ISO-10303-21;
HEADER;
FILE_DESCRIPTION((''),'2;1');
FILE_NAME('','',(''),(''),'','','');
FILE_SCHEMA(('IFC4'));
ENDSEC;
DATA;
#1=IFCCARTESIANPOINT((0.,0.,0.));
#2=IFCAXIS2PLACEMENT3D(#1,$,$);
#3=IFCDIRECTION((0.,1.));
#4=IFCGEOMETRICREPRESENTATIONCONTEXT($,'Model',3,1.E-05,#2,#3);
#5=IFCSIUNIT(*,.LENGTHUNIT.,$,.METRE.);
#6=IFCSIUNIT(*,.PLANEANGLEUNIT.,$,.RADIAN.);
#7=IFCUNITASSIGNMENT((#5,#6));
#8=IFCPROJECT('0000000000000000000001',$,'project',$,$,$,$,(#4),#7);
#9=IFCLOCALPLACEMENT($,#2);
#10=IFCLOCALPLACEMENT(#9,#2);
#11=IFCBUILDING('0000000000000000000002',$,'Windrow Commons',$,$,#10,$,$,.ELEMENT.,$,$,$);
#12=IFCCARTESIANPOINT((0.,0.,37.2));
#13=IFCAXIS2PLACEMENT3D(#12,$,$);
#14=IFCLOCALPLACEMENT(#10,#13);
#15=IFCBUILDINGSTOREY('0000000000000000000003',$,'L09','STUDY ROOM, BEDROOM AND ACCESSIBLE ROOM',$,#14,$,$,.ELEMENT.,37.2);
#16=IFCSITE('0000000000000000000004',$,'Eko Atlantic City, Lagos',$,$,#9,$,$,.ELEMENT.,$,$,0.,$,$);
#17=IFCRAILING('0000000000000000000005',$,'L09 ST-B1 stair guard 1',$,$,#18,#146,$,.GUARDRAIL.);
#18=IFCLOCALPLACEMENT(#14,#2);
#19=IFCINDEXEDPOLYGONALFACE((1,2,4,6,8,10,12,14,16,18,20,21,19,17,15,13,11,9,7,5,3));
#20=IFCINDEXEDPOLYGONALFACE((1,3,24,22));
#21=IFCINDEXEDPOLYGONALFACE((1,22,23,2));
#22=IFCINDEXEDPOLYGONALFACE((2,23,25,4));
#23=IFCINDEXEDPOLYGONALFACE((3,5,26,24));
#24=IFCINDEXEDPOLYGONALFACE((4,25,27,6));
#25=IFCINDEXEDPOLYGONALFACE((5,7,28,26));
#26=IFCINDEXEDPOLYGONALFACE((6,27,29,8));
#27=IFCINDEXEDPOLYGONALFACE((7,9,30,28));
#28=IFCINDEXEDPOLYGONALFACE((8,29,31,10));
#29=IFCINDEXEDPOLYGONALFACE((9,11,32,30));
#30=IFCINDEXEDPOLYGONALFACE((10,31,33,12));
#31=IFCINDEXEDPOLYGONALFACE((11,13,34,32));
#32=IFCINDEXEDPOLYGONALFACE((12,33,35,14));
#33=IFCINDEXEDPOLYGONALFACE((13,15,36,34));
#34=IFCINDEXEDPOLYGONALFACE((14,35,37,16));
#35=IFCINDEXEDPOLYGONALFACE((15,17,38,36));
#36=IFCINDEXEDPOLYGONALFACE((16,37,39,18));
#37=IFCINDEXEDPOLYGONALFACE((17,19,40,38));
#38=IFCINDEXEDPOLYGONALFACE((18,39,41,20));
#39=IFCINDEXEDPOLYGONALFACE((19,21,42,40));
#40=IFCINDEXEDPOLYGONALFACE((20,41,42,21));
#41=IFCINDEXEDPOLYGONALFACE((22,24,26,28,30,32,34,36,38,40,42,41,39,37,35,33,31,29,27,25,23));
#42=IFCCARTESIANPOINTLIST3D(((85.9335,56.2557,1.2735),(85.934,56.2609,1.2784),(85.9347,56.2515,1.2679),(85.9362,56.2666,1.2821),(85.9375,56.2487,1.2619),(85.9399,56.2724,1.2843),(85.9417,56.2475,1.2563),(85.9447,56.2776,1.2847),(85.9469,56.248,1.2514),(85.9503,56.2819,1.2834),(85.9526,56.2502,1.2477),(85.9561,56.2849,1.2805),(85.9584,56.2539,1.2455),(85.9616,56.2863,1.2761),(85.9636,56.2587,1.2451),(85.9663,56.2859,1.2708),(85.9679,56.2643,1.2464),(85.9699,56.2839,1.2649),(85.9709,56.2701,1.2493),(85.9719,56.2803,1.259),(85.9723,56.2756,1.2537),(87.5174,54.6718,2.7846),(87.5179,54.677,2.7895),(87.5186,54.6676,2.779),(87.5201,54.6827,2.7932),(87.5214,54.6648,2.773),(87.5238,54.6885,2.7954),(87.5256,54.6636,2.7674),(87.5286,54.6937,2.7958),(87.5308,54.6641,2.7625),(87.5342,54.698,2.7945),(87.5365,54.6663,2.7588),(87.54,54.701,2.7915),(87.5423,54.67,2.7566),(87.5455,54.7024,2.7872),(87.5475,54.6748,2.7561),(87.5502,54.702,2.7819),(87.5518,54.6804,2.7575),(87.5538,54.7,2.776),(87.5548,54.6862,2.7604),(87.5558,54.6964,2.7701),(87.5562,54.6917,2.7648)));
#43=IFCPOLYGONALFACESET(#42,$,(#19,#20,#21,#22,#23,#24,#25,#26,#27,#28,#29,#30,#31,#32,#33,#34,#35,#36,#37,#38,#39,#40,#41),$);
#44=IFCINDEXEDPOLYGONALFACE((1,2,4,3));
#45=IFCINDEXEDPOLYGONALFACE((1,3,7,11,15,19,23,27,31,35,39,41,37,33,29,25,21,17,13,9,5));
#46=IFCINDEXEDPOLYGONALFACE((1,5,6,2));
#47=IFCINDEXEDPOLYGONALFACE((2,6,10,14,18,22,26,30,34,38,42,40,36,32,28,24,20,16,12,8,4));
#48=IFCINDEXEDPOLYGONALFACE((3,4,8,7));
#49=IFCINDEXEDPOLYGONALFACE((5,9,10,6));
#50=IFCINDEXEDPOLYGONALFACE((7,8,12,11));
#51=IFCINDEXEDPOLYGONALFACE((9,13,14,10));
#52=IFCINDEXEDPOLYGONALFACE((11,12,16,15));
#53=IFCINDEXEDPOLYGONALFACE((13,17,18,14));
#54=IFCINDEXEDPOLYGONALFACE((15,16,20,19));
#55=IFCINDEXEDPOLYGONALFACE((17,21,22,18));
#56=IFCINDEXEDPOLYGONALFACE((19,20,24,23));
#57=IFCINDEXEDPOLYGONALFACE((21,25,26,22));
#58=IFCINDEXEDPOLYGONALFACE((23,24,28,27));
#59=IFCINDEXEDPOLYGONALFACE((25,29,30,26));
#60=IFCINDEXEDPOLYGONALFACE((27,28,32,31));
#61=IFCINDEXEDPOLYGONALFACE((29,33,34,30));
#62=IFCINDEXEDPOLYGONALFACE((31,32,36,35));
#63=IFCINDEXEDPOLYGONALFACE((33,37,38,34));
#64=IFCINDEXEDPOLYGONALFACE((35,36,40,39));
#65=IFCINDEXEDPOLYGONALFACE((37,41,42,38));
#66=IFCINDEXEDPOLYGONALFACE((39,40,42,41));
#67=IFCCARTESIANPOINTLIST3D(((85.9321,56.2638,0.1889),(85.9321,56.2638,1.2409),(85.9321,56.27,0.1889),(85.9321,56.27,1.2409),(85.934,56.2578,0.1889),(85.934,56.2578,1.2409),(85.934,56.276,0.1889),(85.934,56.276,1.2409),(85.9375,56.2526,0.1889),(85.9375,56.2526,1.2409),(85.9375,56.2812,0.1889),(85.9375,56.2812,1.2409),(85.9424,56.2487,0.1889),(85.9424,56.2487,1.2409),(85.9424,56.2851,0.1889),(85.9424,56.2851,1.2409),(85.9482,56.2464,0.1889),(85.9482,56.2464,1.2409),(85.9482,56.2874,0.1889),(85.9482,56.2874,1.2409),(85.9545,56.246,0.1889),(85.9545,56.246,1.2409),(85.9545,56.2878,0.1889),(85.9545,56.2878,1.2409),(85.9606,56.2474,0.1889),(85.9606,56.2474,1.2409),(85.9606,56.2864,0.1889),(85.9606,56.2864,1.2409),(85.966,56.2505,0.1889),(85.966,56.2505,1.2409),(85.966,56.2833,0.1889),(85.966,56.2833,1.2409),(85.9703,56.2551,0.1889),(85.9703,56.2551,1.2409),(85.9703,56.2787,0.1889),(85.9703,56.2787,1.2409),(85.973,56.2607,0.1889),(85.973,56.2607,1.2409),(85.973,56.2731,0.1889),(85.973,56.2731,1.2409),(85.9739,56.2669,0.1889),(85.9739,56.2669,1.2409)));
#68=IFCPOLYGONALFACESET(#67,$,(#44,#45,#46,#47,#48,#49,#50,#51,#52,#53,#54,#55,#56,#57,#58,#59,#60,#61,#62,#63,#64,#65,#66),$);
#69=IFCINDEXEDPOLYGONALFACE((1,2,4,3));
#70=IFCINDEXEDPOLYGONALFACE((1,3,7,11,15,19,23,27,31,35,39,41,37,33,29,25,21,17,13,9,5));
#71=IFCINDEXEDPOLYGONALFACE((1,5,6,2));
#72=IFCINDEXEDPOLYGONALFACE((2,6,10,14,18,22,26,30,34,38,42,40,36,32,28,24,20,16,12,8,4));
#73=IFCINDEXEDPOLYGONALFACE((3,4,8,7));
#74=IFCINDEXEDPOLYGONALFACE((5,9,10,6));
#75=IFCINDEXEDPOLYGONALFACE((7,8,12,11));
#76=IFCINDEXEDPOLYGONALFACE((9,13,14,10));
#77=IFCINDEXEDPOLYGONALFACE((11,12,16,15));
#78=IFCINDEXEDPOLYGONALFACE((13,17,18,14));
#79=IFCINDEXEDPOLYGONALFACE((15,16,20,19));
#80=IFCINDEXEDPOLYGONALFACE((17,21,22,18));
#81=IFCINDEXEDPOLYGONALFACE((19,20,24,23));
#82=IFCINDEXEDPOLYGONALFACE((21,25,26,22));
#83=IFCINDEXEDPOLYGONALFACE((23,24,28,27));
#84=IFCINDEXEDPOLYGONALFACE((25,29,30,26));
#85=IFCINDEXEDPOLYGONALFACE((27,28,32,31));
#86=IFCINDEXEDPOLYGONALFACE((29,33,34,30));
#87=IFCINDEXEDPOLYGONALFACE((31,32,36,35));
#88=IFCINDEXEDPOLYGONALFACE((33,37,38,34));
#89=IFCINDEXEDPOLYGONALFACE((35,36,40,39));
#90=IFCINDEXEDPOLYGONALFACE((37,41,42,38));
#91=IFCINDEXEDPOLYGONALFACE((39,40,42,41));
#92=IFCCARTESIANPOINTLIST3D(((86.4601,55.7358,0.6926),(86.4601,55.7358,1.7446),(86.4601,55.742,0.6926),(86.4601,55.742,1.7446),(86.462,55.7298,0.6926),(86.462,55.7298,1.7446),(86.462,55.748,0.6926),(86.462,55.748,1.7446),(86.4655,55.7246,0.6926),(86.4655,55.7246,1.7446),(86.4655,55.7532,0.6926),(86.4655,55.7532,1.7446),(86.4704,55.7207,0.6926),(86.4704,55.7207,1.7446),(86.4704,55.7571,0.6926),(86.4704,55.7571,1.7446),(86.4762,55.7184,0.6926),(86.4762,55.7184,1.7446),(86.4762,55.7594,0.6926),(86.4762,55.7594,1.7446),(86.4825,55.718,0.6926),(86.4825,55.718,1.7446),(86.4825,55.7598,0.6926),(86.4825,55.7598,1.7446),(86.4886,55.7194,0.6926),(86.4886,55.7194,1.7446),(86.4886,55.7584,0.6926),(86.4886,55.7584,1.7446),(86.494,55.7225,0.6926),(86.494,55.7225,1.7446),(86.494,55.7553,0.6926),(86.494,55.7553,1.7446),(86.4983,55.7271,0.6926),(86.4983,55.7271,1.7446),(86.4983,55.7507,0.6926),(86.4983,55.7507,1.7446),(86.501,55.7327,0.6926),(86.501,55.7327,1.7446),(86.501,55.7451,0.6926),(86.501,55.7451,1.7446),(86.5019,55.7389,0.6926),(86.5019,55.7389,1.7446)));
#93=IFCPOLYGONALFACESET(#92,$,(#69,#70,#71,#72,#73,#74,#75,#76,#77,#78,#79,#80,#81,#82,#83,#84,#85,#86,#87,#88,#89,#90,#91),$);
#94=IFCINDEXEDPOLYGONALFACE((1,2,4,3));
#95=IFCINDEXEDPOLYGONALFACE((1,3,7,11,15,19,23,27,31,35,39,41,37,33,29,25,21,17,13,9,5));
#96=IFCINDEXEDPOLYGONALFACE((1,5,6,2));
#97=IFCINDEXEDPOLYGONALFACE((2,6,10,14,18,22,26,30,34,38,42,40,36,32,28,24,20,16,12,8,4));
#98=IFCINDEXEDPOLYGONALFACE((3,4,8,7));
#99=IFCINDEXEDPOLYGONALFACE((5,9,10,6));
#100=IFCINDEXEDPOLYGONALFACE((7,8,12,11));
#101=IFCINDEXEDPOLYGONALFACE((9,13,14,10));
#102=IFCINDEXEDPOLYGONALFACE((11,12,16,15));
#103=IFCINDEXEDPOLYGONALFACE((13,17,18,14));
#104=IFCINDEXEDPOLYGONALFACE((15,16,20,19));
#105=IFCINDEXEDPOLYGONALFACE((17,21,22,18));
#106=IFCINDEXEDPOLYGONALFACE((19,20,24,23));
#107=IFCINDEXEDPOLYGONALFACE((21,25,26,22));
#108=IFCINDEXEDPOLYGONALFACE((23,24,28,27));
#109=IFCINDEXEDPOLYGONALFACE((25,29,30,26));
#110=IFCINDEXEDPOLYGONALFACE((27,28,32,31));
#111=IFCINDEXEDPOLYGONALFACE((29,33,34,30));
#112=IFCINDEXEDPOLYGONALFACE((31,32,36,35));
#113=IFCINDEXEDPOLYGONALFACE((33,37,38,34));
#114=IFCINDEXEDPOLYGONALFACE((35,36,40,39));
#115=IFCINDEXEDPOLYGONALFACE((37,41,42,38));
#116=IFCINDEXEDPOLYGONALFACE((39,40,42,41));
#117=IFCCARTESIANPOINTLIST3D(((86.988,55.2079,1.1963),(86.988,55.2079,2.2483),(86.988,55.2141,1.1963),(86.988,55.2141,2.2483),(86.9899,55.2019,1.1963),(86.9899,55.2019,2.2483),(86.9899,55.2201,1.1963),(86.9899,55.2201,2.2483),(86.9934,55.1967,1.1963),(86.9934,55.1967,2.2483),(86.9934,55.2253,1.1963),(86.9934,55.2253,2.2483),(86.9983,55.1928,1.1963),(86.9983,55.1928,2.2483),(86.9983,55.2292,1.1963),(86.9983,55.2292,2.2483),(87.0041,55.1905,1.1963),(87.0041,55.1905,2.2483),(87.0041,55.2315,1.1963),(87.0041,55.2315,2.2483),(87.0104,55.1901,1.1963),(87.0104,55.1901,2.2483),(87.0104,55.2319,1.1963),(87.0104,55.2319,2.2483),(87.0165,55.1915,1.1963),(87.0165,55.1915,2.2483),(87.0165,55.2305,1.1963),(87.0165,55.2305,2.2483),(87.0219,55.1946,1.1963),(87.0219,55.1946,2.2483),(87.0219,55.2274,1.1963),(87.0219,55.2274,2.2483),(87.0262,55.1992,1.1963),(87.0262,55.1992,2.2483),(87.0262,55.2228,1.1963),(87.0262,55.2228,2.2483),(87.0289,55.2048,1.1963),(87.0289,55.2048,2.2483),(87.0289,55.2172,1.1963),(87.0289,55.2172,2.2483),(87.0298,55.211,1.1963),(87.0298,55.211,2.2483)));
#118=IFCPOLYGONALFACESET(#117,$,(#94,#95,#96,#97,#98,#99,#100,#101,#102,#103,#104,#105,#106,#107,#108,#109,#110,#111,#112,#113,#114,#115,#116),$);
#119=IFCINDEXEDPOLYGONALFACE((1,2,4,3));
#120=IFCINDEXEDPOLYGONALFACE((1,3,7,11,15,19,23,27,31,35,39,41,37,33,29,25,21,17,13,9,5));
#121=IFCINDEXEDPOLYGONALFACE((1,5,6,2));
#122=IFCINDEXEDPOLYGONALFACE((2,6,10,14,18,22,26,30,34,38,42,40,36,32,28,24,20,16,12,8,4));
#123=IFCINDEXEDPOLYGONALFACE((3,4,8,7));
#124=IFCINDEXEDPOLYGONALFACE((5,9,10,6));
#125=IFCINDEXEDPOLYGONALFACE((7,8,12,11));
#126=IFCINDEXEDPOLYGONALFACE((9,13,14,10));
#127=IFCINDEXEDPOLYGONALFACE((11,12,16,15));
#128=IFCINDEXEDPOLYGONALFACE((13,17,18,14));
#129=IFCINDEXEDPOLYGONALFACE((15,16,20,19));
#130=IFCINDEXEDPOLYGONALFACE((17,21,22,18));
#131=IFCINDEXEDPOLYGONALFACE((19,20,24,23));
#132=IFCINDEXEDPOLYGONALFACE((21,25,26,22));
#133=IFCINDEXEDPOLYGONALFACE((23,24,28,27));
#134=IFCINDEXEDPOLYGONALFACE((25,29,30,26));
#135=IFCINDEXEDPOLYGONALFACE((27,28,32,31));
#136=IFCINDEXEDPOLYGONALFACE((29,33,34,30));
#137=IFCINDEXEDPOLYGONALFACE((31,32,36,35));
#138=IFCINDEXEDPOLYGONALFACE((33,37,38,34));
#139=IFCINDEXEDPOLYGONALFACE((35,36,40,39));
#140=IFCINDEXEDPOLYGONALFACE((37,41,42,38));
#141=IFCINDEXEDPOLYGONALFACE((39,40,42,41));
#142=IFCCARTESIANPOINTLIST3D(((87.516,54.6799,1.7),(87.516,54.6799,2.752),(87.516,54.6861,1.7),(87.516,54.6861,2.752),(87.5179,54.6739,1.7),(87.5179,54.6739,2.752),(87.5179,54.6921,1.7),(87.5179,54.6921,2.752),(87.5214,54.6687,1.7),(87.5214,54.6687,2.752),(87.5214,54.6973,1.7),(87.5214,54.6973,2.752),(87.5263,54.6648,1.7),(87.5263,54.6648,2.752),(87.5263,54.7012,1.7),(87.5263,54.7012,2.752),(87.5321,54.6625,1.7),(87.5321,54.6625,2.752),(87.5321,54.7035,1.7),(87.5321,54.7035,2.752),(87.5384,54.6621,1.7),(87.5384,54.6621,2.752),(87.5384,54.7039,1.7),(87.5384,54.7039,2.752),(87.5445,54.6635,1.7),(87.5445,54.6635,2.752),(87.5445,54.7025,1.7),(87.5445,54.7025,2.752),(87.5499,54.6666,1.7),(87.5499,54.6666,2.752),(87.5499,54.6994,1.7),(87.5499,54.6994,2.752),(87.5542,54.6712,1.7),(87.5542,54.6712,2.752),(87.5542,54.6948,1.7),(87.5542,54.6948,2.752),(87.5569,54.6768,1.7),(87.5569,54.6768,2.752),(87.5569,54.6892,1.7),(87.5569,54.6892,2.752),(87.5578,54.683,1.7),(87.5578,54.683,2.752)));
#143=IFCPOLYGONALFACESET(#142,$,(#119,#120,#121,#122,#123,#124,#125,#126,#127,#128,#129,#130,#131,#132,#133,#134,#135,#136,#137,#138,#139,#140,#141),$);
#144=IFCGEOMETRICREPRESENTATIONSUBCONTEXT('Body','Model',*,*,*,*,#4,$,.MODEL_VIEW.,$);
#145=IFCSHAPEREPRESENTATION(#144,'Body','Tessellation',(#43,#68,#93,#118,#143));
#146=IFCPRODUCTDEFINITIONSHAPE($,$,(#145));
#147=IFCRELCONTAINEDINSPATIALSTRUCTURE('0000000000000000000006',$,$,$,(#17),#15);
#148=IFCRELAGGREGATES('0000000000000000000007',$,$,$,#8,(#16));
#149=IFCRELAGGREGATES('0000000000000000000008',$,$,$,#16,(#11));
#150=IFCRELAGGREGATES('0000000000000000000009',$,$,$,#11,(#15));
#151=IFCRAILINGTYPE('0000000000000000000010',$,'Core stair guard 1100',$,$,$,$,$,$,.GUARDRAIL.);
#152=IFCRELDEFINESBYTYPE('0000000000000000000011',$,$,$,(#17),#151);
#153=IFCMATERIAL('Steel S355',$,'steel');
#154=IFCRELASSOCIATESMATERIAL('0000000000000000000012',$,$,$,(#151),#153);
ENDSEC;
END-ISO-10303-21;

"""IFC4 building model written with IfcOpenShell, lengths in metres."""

from ifc_helpers import new_model, si_unit, direction, frame, origin, origin_2d, place, context, subcontext, project, spatial, circle, extrude, material, type_object, element, save


model = new_model("IFC4")

# Units and contexts
model_context = context("Model", 3, precision=1e-05, world=origin(), true_north=direction((0.0, 1.0)))
body_context = subcontext(model_context, "Body", "Model", "MODEL_VIEW")
ifc_project = project(units=[si_unit("LENGTHUNIT", "METRE"), si_unit("PLANEANGLEUNIT", "RADIAN")], contexts=[model_context])

# Site, building, storey
site_placement = place(None, origin())
site = spatial("IfcSite", under=ifc_project, at=site_placement, Name="Eko Atlantic City, Lagos", CompositionType="ELEMENT", RefElevation=0.0)
building_placement = place(site_placement, origin())
building = spatial("IfcBuilding", under=site, at=building_placement, Name="Windrow Commons", CompositionType="ELEMENT")
storey_placement = place(building_placement, frame((0.0, 0.0, 37.2)))
storey = spatial("IfcBuildingStorey", under=building, at=storey_placement, Name="L09", Description="STUDY ROOM, BEDROOM AND ACCESSIBLE ROOM", CompositionType="ELEMENT", Elevation=37.2)

# Railing
ifc_material_1 = material(Name="Steel S355", Category="steel")
railing_type_1 = type_object("IfcRailingType", Name="Core stair guard 1100", PredefinedType="GUARDRAIL", material=ifc_material_1)
railing_1_placement = place(storey_placement, frame((85.9529, 56.2669, 0.1889)))
element("IfcRailing", 1, at=railing_1_placement, inside=storey, type_object=railing_type_1, Name="L09 ST-B1 stair guard 1", PredefinedType="GUARDRAIL", context=body_context, shape_type="SweptSolid", body=[
    extrude(circle(Radius=0.024, at=origin_2d()), frame((0.0, 0.0, 1.076), z_axis=(0.586191, -0.586191, 0.559249), x_axis=(0.707107, 0.707107, 0.0)), (0.0, 0.0, 1.0), 2.702),
    extrude(circle(Radius=0.021, at=origin_2d()), origin(), (0.0, 0.0, 1.0), 1.052),
    extrude(circle(Radius=0.021, at=origin_2d()), frame((0.528, -0.528, 0.5037)), (0.0, 0.0, 1.0), 1.052),
    extrude(circle(Radius=0.021, at=origin_2d()), frame((1.0559, -1.0559, 1.0074)), (0.0, 0.0, 1.0), 1.052),
    extrude(circle(Radius=0.021, at=origin_2d()), frame((1.5839, -1.5839, 1.5111)), (0.0, 0.0, 1.0), 1.052),
])

save(model, "model.ifc")
